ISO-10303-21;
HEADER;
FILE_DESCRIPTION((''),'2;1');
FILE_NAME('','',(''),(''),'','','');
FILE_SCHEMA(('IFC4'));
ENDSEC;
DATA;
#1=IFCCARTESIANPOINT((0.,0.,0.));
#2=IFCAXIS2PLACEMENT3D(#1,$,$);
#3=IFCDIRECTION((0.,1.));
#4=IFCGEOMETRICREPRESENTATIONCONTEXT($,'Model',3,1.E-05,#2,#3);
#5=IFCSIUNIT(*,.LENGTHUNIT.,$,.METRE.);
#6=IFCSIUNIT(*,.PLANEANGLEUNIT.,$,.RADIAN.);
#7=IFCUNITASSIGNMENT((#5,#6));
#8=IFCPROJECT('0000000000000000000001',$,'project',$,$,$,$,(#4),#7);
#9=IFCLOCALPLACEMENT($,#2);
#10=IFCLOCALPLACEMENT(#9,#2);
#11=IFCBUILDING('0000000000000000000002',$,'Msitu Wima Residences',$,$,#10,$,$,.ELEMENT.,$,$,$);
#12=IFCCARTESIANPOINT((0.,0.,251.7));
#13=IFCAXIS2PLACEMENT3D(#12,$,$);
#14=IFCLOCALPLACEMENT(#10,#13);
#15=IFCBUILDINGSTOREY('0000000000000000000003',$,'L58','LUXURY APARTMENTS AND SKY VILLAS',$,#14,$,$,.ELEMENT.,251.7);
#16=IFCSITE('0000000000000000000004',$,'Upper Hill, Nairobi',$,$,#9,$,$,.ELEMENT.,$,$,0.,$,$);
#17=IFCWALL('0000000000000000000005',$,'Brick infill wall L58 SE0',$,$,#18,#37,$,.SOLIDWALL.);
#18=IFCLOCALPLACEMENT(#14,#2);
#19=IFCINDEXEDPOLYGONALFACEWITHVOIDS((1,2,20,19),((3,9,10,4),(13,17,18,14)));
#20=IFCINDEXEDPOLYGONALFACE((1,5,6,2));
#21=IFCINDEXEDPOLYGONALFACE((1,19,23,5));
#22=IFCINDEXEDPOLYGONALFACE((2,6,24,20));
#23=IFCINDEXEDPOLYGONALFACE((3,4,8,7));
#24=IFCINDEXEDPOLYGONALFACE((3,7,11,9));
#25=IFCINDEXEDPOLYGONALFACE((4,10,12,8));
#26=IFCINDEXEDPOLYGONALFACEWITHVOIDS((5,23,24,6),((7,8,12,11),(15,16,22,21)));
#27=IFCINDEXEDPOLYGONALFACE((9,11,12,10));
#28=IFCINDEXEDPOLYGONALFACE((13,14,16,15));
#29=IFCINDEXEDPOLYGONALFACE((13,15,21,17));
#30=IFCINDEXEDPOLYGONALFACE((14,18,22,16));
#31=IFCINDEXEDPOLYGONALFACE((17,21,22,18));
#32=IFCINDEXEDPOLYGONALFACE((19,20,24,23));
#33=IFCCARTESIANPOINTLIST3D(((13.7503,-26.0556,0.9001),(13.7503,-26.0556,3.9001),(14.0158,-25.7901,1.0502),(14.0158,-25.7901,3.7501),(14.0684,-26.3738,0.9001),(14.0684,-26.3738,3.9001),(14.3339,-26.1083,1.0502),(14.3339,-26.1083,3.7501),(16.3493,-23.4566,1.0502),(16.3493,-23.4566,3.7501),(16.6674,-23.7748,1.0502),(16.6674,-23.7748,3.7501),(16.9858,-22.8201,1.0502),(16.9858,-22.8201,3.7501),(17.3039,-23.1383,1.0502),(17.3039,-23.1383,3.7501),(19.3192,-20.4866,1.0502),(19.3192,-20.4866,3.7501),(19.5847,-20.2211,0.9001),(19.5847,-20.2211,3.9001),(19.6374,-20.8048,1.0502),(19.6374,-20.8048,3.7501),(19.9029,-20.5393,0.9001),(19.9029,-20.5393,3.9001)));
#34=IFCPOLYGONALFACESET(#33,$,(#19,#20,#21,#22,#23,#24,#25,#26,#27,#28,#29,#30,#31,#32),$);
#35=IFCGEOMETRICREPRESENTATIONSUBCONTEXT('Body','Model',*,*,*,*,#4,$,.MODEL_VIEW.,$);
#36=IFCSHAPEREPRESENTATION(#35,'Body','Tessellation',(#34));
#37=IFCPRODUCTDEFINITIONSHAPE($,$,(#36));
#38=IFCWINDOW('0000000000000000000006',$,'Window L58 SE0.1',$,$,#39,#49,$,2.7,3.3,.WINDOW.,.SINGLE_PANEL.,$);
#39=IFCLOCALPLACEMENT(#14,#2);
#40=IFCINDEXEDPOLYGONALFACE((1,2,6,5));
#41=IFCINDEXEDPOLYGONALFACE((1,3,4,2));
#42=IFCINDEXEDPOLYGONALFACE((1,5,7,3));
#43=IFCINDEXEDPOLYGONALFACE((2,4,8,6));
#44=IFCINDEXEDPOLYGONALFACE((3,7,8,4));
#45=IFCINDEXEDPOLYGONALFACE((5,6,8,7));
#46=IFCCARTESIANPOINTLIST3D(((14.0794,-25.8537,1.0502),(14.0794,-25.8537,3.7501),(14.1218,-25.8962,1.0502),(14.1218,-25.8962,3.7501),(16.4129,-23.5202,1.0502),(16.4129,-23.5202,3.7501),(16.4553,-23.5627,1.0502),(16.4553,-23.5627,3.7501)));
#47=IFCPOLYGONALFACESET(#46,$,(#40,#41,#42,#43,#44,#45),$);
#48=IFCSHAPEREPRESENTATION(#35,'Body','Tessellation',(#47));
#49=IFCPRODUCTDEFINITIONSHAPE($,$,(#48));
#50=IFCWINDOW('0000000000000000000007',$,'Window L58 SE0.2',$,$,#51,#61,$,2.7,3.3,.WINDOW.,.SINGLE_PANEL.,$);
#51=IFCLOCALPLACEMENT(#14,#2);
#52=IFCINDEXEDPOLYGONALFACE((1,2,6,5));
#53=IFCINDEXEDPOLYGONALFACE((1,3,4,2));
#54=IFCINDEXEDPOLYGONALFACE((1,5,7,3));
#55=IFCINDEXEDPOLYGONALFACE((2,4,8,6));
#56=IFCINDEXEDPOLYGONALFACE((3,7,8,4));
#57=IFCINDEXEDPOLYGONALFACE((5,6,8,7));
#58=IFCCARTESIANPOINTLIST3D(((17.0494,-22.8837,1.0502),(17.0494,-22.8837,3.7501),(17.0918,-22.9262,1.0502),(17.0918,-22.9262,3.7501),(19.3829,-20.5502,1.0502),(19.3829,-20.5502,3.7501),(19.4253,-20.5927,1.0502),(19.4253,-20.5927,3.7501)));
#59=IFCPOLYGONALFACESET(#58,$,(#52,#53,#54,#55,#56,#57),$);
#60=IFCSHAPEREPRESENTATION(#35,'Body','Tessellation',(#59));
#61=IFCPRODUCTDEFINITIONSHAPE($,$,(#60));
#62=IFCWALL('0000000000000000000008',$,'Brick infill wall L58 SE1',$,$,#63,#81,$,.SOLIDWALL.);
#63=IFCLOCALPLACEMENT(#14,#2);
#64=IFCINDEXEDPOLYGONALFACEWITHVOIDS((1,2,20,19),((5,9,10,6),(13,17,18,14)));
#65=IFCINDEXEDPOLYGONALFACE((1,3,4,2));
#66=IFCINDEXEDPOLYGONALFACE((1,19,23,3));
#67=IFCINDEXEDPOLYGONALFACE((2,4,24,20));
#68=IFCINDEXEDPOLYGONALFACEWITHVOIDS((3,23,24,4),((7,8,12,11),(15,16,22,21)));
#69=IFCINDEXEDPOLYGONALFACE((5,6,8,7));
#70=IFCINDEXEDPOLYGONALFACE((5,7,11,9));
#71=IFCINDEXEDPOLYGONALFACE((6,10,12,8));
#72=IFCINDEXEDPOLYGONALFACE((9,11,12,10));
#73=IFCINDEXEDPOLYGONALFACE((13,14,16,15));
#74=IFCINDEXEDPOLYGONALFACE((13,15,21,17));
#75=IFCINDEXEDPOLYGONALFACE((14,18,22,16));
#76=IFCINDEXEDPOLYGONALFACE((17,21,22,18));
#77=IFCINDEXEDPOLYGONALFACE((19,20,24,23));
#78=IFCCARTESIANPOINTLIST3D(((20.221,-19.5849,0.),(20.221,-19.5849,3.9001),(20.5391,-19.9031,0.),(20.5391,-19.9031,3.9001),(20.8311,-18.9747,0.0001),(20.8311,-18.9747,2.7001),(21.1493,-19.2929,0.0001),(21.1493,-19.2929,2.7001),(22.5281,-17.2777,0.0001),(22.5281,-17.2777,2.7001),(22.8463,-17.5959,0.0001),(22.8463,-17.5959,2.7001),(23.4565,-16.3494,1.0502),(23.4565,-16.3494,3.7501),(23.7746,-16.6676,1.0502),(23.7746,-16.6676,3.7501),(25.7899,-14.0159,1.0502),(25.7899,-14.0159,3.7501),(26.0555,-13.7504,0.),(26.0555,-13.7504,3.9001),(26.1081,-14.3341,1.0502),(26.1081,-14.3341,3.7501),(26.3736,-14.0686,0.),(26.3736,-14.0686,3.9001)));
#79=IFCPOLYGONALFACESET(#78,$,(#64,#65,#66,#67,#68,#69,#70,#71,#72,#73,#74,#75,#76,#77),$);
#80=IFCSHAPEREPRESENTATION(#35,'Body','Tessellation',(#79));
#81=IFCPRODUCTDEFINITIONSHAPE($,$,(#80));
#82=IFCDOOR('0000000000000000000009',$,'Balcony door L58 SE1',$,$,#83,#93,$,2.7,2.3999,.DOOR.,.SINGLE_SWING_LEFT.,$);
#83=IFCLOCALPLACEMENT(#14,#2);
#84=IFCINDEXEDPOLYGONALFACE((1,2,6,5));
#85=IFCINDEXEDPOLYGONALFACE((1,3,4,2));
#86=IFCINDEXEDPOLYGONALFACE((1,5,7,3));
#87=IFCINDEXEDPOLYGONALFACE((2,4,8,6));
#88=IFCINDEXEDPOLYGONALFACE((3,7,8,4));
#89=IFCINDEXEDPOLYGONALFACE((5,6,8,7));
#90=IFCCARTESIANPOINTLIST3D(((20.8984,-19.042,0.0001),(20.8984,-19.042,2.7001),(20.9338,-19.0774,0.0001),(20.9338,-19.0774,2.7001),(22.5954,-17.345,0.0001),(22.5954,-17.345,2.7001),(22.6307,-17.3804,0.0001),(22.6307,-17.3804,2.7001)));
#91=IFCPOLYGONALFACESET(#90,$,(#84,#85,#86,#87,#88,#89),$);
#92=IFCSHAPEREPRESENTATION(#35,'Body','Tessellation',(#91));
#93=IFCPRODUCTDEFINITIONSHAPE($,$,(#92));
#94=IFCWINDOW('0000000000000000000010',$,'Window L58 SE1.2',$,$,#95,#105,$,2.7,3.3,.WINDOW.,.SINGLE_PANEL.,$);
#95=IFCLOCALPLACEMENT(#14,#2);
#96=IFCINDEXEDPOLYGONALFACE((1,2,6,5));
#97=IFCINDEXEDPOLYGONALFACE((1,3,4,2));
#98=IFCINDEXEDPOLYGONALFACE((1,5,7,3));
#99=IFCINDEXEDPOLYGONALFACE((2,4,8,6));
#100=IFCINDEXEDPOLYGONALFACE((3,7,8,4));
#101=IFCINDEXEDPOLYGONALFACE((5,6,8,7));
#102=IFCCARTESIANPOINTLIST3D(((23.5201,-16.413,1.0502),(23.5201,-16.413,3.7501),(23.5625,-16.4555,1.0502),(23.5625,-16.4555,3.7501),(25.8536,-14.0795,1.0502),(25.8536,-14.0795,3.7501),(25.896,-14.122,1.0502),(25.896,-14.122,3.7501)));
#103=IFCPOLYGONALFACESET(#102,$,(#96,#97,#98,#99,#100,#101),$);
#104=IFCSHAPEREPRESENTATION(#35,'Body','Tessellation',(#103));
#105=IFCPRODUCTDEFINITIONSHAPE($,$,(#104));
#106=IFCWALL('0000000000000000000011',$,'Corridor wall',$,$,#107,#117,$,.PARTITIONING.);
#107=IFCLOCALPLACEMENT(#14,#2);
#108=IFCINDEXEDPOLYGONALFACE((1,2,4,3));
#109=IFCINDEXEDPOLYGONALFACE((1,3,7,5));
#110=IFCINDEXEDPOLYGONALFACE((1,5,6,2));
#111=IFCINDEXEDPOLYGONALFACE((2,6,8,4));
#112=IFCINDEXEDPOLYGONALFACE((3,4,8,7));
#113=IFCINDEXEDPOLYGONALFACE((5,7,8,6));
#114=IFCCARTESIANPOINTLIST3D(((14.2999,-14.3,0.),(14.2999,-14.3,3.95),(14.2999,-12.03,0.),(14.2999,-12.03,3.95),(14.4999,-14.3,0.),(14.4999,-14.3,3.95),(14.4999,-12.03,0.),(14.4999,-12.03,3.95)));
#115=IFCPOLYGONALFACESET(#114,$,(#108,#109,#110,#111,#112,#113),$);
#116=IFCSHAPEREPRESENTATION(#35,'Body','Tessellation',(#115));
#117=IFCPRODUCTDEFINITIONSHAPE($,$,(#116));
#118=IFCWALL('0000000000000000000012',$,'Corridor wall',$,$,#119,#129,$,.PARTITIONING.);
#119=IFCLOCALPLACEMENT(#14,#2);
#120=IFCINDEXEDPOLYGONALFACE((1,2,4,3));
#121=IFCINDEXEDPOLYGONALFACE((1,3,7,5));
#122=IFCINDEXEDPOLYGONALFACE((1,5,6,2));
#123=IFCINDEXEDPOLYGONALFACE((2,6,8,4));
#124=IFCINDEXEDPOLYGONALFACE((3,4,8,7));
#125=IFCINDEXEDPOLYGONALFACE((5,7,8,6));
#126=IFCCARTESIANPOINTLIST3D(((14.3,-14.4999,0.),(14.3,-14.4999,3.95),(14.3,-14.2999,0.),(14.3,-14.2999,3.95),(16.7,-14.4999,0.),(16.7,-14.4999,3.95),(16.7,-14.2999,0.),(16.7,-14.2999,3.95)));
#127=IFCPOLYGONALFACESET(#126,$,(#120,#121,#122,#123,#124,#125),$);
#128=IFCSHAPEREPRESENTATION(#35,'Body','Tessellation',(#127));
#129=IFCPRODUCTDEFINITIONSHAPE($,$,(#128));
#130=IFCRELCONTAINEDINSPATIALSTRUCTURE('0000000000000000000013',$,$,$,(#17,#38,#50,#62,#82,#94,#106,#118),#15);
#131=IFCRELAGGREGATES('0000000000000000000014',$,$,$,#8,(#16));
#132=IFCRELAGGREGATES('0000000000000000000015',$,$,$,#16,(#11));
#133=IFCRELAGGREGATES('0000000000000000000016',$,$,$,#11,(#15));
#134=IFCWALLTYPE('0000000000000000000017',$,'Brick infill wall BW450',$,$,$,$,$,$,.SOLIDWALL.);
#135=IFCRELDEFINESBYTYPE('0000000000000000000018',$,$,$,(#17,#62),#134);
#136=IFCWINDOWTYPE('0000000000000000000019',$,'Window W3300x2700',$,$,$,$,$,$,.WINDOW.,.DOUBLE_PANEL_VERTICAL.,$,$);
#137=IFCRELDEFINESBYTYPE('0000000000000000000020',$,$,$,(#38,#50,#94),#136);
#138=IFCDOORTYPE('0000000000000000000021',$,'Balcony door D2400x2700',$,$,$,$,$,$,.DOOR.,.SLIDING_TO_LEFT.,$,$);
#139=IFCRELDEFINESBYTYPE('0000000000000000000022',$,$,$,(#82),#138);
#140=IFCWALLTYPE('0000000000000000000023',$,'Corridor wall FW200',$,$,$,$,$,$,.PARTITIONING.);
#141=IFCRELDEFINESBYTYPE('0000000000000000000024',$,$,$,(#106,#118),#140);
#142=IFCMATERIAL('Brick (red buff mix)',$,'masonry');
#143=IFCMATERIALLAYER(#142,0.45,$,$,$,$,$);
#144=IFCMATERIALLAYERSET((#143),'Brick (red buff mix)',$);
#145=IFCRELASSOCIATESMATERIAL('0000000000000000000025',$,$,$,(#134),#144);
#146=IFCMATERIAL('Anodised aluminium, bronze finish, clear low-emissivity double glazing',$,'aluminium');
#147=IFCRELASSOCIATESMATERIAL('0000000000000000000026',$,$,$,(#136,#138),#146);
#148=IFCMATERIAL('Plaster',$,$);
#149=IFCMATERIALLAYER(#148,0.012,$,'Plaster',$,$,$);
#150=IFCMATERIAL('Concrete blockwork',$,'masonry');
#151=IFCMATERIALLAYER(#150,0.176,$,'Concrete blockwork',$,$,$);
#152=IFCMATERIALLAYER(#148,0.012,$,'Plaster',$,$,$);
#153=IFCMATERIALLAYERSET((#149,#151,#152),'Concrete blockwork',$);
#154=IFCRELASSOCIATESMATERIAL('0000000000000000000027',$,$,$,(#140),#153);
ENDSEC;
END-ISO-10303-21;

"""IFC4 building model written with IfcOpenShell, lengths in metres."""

from ifc_helpers import new_model, si_unit, direction, frame, frame_2d, origin, place, context, subcontext, project, spatial, rectangle, extrude, material, layer, layer_set, type_object, element, fill, save


model = new_model("IFC4")

# Units and contexts
model_context = context("Model", 3, precision=1e-05, world=origin(), true_north=direction((0.0, 1.0)))
body_context = subcontext(model_context, "Body", "Model", "MODEL_VIEW")
ifc_project = project(units=[si_unit("LENGTHUNIT", "METRE"), si_unit("PLANEANGLEUNIT", "RADIAN")], contexts=[model_context])

# Site, building, storey
site_placement = place(None, origin())
site = spatial("IfcSite", under=ifc_project, at=site_placement, Name="Upper Hill, Nairobi", CompositionType="ELEMENT", RefElevation=0.0)
building_placement = place(site_placement, origin())
building = spatial("IfcBuilding", under=site, at=building_placement, Name="Msitu Wima Residences", CompositionType="ELEMENT")
storey_placement = place(building_placement, frame((0.0, 0.0, 251.7)))
storey = spatial("IfcBuildingStorey", under=building, at=storey_placement, Name="L58", Description="LUXURY APARTMENTS AND SKY VILLAS", CompositionType="ELEMENT", Elevation=251.7)

# Wall, openings, windows
ifc_material_1 = material(Name="Brick (red buff mix)", Category="masonry")
ifc_layer_1 = layer(ifc_material_1, 0.45)
ifc_layer_set_1 = layer_set([ifc_layer_1], Name="Brick (red buff mix)")
wall_type_1 = type_object("IfcWallType", Name="Brick infill wall BW450", PredefinedType="SOLIDWALL", material=ifc_layer_set_1)
wall_1_placement = place(storey_placement, frame((13.9094, -26.2146, 0.9001), z_axis=(0.0, 0.0, 1.0), x_axis=(0.707107, 0.707107, 0.0)))
wall_1 = element("IfcWall", 1, at=wall_1_placement, inside=storey, type_object=wall_type_1, Name="Brick infill wall L58 SE0", PredefinedType="SOLIDWALL", context=body_context, shape_type="SweptSolid", body=[
    extrude(rectangle(XDim=8.2512, YDim=0.45, at=frame_2d((4.1255, 0.0))), origin(), (0.0, 0.0, 1.0), 3.0),
])
opening_1_placement = place(wall_1_placement, frame((0.3755, 0.0, 0.1499)))
opening_1 = element("IfcOpeningElement", 2, at=opening_1_placement, cuts=wall_1, PredefinedType="OPENING", context=body_context, shape_type="SweptSolid", body=[
    extrude(rectangle(XDim=3.3, YDim=2.7, at=frame_2d((1.6499, 1.3501))), frame((0.0, 0.2349, 0.0), z_axis=(0.0, -1.0, 0.0), x_axis=(1.0, 0.0, 0.0)), (0.0, 0.0, 1.0), 0.47),
])
opening_2_placement = place(wall_1_placement, frame((4.5757, 0.0, 0.1499)))
opening_2 = element("IfcOpeningElement", 3, at=opening_2_placement, cuts=wall_1, PredefinedType="OPENING", context=body_context, shape_type="SweptSolid", body=[
    extrude(rectangle(XDim=3.3, YDim=2.7, at=frame_2d((1.6499, 1.3501))), frame((0.0, 0.2349, 0.0), z_axis=(0.0, -1.0, 0.0), x_axis=(1.0, 0.0, 0.0)), (0.0, 0.0, 1.0), 0.47),
])
ifc_material_2 = material(Name="Anodised aluminium, bronze finish, clear low-emissivity double glazing", Category="aluminium")
window_type = type_object("IfcWindowType", Name="Window W3300x2700", PartitioningType="DOUBLE_PANEL_VERTICAL", PredefinedType="WINDOW", material=ifc_material_2)
window_1_placement = place(opening_1_placement, origin())
window_1 = element("IfcWindow", 4, at=window_1_placement, inside=storey, type_object=window_type, Name="Window L58 SE0.1", OverallHeight=2.7, OverallWidth=3.3, PartitioningType="SINGLE_PANEL", PredefinedType="WINDOW", context=body_context, shape_type="SweptSolid", body=[
    extrude(rectangle(XDim=3.3, YDim=2.7, at=frame_2d((1.6499, 1.3501))), frame((0.0, 0.135, 0.0), z_axis=(0.0, -1.0, 0.0), x_axis=(1.0, 0.0, 0.0)), (0.0, 0.0, 1.0), 0.0601),
])
fill(opening_1, window_1)
window_2_placement = place(opening_2_placement, origin())
window_2 = element("IfcWindow", 5, at=window_2_placement, inside=storey, type_object=window_type, Name="Window L58 SE0.2", OverallHeight=2.7, OverallWidth=3.3, PartitioningType="SINGLE_PANEL", PredefinedType="WINDOW", context=body_context, shape_type="SweptSolid", body=[
    extrude(rectangle(XDim=3.3, YDim=2.7, at=frame_2d((1.6499, 1.3501))), frame((0.0, 0.135, 0.0), z_axis=(0.0, -1.0, 0.0), x_axis=(1.0, 0.0, 0.0)), (0.0, 0.0, 1.0), 0.0601),
])
fill(opening_2, window_2)

# Wall, openings, door, window
wall_2_placement = place(storey_placement, frame((20.3801, -19.7439, 0.0), z_axis=(0.0, 0.0, 1.0), x_axis=(0.707107, 0.707107, 0.0)))
wall_2 = element("IfcWall", 6, at=wall_2_placement, inside=storey, type_object=wall_type_1, Name="Brick infill wall L58 SE1", PredefinedType="SOLIDWALL", context=body_context, shape_type="SweptSolid", body=[
    extrude(rectangle(XDim=8.2512, YDim=0.45, at=frame_2d((4.1255, 0.0))), origin(), (0.0, 0.0, 1.0), 3.9001),
])
opening_3_placement = place(wall_2_placement, frame((0.8628, 0.0, 0.0)))
opening_3 = element("IfcOpeningElement", 7, at=opening_3_placement, cuts=wall_2, PredefinedType="OPENING", context=body_context, shape_type="SweptSolid", body=[
    extrude(rectangle(XDim=2.3999, YDim=2.7, at=frame_2d((1.2, 1.3501))), frame((0.0, 0.2349, 0.0), z_axis=(0.0, -1.0, 0.0), x_axis=(1.0, 0.0, 0.0)), (0.0, 0.0, 1.0), 0.47),
])
opening_4_placement = place(wall_2_placement, frame((4.5757, 0.0, 1.05)))
opening_4 = element("IfcOpeningElement", 8, at=opening_4_placement, cuts=wall_2, PredefinedType="OPENING", context=body_context, shape_type="SweptSolid", body=[
    extrude(rectangle(XDim=3.3, YDim=2.7, at=frame_2d((1.6499, 1.3501))), frame((0.0, 0.2349, 0.0), z_axis=(0.0, -1.0, 0.0), x_axis=(1.0, 0.0, 0.0)), (0.0, 0.0, 1.0), 0.47),
])
door_type_1 = type_object("IfcDoorType", Name="Balcony door D2400x2700", OperationType="SLIDING_TO_LEFT", PredefinedType="DOOR", material=ifc_material_2)
door_1_placement = place(opening_3_placement, origin())
door_1 = element("IfcDoor", 9, at=door_1_placement, inside=storey, type_object=door_type_1, Name="Balcony door L58 SE1", OperationType="SINGLE_SWING_LEFT", OverallHeight=2.7, OverallWidth=2.3999, PredefinedType="DOOR", context=body_context, shape_type="SweptSolid", body=[
    extrude(rectangle(XDim=2.3999, YDim=2.7, at=frame_2d((1.2, 1.3501))), frame((0.0, 0.1299, 0.0), z_axis=(0.0, -1.0, 0.0), x_axis=(1.0, 0.0, 0.0)), (0.0, 0.0, 1.0), 0.05),
])
fill(opening_3, door_1)
window_3_placement = place(opening_4_placement, origin())
window_3 = element("IfcWindow", 10, at=window_3_placement, inside=storey, type_object=window_type, Name="Window L58 SE1.2", OverallHeight=2.7, OverallWidth=3.3, PartitioningType="SINGLE_PANEL", PredefinedType="WINDOW", context=body_context, shape_type="SweptSolid", body=[
    extrude(rectangle(XDim=3.3, YDim=2.7, at=frame_2d((1.6499, 1.3501))), frame((0.0, 0.135, 0.0), z_axis=(0.0, -1.0, 0.0), x_axis=(1.0, 0.0, 0.0)), (0.0, 0.0, 1.0), 0.0601),
])
fill(opening_4, window_3)

# Walls
ifc_material_3 = material(Name="Plaster")
ifc_layer_2 = layer(ifc_material_3, 0.012, Name="Plaster")
ifc_material_4 = material(Name="Concrete blockwork", Category="masonry")
ifc_layer_3 = layer(ifc_material_4, 0.176, Name="Concrete blockwork")
ifc_layer_4 = layer(ifc_material_3, 0.012, Name="Plaster")
ifc_layer_set_2 = layer_set([ifc_layer_2, ifc_layer_3, ifc_layer_4], Name="Concrete blockwork")
wall_type_2 = type_object("IfcWallType", Name="Corridor wall FW200", PredefinedType="PARTITIONING", material=ifc_layer_set_2)
wall_3_placement = place(storey_placement, frame((14.3999, -14.3, 0.0), z_axis=(0.0, 0.0, 1.0), x_axis=(0.0, 1.0, 0.0)))
element("IfcWall", 11, at=wall_3_placement, inside=storey, type_object=wall_type_2, Name="Corridor wall", PredefinedType="PARTITIONING", context=body_context, shape_type="SweptSolid", body=[
    extrude(rectangle(XDim=2.27, YDim=0.2, at=frame_2d((1.135, 0.0))), origin(), (0.0, 0.0, 1.0), 3.95),
])
wall_4_placement = place(storey_placement, frame((14.3, -14.3999, 0.0), z_axis=(0.0, 0.0, 1.0), x_axis=(1.0, 0.0, 0.0)))
element("IfcWall", 12, at=wall_4_placement, inside=storey, type_object=wall_type_2, Name="Corridor wall", PredefinedType="PARTITIONING", context=body_context, shape_type="SweptSolid", body=[
    extrude(rectangle(XDim=2.3999, YDim=0.2, at=frame_2d((1.2, 0.0))), origin(), (0.0, 0.0, 1.0), 3.95),
])

save(model, "model.ifc")
